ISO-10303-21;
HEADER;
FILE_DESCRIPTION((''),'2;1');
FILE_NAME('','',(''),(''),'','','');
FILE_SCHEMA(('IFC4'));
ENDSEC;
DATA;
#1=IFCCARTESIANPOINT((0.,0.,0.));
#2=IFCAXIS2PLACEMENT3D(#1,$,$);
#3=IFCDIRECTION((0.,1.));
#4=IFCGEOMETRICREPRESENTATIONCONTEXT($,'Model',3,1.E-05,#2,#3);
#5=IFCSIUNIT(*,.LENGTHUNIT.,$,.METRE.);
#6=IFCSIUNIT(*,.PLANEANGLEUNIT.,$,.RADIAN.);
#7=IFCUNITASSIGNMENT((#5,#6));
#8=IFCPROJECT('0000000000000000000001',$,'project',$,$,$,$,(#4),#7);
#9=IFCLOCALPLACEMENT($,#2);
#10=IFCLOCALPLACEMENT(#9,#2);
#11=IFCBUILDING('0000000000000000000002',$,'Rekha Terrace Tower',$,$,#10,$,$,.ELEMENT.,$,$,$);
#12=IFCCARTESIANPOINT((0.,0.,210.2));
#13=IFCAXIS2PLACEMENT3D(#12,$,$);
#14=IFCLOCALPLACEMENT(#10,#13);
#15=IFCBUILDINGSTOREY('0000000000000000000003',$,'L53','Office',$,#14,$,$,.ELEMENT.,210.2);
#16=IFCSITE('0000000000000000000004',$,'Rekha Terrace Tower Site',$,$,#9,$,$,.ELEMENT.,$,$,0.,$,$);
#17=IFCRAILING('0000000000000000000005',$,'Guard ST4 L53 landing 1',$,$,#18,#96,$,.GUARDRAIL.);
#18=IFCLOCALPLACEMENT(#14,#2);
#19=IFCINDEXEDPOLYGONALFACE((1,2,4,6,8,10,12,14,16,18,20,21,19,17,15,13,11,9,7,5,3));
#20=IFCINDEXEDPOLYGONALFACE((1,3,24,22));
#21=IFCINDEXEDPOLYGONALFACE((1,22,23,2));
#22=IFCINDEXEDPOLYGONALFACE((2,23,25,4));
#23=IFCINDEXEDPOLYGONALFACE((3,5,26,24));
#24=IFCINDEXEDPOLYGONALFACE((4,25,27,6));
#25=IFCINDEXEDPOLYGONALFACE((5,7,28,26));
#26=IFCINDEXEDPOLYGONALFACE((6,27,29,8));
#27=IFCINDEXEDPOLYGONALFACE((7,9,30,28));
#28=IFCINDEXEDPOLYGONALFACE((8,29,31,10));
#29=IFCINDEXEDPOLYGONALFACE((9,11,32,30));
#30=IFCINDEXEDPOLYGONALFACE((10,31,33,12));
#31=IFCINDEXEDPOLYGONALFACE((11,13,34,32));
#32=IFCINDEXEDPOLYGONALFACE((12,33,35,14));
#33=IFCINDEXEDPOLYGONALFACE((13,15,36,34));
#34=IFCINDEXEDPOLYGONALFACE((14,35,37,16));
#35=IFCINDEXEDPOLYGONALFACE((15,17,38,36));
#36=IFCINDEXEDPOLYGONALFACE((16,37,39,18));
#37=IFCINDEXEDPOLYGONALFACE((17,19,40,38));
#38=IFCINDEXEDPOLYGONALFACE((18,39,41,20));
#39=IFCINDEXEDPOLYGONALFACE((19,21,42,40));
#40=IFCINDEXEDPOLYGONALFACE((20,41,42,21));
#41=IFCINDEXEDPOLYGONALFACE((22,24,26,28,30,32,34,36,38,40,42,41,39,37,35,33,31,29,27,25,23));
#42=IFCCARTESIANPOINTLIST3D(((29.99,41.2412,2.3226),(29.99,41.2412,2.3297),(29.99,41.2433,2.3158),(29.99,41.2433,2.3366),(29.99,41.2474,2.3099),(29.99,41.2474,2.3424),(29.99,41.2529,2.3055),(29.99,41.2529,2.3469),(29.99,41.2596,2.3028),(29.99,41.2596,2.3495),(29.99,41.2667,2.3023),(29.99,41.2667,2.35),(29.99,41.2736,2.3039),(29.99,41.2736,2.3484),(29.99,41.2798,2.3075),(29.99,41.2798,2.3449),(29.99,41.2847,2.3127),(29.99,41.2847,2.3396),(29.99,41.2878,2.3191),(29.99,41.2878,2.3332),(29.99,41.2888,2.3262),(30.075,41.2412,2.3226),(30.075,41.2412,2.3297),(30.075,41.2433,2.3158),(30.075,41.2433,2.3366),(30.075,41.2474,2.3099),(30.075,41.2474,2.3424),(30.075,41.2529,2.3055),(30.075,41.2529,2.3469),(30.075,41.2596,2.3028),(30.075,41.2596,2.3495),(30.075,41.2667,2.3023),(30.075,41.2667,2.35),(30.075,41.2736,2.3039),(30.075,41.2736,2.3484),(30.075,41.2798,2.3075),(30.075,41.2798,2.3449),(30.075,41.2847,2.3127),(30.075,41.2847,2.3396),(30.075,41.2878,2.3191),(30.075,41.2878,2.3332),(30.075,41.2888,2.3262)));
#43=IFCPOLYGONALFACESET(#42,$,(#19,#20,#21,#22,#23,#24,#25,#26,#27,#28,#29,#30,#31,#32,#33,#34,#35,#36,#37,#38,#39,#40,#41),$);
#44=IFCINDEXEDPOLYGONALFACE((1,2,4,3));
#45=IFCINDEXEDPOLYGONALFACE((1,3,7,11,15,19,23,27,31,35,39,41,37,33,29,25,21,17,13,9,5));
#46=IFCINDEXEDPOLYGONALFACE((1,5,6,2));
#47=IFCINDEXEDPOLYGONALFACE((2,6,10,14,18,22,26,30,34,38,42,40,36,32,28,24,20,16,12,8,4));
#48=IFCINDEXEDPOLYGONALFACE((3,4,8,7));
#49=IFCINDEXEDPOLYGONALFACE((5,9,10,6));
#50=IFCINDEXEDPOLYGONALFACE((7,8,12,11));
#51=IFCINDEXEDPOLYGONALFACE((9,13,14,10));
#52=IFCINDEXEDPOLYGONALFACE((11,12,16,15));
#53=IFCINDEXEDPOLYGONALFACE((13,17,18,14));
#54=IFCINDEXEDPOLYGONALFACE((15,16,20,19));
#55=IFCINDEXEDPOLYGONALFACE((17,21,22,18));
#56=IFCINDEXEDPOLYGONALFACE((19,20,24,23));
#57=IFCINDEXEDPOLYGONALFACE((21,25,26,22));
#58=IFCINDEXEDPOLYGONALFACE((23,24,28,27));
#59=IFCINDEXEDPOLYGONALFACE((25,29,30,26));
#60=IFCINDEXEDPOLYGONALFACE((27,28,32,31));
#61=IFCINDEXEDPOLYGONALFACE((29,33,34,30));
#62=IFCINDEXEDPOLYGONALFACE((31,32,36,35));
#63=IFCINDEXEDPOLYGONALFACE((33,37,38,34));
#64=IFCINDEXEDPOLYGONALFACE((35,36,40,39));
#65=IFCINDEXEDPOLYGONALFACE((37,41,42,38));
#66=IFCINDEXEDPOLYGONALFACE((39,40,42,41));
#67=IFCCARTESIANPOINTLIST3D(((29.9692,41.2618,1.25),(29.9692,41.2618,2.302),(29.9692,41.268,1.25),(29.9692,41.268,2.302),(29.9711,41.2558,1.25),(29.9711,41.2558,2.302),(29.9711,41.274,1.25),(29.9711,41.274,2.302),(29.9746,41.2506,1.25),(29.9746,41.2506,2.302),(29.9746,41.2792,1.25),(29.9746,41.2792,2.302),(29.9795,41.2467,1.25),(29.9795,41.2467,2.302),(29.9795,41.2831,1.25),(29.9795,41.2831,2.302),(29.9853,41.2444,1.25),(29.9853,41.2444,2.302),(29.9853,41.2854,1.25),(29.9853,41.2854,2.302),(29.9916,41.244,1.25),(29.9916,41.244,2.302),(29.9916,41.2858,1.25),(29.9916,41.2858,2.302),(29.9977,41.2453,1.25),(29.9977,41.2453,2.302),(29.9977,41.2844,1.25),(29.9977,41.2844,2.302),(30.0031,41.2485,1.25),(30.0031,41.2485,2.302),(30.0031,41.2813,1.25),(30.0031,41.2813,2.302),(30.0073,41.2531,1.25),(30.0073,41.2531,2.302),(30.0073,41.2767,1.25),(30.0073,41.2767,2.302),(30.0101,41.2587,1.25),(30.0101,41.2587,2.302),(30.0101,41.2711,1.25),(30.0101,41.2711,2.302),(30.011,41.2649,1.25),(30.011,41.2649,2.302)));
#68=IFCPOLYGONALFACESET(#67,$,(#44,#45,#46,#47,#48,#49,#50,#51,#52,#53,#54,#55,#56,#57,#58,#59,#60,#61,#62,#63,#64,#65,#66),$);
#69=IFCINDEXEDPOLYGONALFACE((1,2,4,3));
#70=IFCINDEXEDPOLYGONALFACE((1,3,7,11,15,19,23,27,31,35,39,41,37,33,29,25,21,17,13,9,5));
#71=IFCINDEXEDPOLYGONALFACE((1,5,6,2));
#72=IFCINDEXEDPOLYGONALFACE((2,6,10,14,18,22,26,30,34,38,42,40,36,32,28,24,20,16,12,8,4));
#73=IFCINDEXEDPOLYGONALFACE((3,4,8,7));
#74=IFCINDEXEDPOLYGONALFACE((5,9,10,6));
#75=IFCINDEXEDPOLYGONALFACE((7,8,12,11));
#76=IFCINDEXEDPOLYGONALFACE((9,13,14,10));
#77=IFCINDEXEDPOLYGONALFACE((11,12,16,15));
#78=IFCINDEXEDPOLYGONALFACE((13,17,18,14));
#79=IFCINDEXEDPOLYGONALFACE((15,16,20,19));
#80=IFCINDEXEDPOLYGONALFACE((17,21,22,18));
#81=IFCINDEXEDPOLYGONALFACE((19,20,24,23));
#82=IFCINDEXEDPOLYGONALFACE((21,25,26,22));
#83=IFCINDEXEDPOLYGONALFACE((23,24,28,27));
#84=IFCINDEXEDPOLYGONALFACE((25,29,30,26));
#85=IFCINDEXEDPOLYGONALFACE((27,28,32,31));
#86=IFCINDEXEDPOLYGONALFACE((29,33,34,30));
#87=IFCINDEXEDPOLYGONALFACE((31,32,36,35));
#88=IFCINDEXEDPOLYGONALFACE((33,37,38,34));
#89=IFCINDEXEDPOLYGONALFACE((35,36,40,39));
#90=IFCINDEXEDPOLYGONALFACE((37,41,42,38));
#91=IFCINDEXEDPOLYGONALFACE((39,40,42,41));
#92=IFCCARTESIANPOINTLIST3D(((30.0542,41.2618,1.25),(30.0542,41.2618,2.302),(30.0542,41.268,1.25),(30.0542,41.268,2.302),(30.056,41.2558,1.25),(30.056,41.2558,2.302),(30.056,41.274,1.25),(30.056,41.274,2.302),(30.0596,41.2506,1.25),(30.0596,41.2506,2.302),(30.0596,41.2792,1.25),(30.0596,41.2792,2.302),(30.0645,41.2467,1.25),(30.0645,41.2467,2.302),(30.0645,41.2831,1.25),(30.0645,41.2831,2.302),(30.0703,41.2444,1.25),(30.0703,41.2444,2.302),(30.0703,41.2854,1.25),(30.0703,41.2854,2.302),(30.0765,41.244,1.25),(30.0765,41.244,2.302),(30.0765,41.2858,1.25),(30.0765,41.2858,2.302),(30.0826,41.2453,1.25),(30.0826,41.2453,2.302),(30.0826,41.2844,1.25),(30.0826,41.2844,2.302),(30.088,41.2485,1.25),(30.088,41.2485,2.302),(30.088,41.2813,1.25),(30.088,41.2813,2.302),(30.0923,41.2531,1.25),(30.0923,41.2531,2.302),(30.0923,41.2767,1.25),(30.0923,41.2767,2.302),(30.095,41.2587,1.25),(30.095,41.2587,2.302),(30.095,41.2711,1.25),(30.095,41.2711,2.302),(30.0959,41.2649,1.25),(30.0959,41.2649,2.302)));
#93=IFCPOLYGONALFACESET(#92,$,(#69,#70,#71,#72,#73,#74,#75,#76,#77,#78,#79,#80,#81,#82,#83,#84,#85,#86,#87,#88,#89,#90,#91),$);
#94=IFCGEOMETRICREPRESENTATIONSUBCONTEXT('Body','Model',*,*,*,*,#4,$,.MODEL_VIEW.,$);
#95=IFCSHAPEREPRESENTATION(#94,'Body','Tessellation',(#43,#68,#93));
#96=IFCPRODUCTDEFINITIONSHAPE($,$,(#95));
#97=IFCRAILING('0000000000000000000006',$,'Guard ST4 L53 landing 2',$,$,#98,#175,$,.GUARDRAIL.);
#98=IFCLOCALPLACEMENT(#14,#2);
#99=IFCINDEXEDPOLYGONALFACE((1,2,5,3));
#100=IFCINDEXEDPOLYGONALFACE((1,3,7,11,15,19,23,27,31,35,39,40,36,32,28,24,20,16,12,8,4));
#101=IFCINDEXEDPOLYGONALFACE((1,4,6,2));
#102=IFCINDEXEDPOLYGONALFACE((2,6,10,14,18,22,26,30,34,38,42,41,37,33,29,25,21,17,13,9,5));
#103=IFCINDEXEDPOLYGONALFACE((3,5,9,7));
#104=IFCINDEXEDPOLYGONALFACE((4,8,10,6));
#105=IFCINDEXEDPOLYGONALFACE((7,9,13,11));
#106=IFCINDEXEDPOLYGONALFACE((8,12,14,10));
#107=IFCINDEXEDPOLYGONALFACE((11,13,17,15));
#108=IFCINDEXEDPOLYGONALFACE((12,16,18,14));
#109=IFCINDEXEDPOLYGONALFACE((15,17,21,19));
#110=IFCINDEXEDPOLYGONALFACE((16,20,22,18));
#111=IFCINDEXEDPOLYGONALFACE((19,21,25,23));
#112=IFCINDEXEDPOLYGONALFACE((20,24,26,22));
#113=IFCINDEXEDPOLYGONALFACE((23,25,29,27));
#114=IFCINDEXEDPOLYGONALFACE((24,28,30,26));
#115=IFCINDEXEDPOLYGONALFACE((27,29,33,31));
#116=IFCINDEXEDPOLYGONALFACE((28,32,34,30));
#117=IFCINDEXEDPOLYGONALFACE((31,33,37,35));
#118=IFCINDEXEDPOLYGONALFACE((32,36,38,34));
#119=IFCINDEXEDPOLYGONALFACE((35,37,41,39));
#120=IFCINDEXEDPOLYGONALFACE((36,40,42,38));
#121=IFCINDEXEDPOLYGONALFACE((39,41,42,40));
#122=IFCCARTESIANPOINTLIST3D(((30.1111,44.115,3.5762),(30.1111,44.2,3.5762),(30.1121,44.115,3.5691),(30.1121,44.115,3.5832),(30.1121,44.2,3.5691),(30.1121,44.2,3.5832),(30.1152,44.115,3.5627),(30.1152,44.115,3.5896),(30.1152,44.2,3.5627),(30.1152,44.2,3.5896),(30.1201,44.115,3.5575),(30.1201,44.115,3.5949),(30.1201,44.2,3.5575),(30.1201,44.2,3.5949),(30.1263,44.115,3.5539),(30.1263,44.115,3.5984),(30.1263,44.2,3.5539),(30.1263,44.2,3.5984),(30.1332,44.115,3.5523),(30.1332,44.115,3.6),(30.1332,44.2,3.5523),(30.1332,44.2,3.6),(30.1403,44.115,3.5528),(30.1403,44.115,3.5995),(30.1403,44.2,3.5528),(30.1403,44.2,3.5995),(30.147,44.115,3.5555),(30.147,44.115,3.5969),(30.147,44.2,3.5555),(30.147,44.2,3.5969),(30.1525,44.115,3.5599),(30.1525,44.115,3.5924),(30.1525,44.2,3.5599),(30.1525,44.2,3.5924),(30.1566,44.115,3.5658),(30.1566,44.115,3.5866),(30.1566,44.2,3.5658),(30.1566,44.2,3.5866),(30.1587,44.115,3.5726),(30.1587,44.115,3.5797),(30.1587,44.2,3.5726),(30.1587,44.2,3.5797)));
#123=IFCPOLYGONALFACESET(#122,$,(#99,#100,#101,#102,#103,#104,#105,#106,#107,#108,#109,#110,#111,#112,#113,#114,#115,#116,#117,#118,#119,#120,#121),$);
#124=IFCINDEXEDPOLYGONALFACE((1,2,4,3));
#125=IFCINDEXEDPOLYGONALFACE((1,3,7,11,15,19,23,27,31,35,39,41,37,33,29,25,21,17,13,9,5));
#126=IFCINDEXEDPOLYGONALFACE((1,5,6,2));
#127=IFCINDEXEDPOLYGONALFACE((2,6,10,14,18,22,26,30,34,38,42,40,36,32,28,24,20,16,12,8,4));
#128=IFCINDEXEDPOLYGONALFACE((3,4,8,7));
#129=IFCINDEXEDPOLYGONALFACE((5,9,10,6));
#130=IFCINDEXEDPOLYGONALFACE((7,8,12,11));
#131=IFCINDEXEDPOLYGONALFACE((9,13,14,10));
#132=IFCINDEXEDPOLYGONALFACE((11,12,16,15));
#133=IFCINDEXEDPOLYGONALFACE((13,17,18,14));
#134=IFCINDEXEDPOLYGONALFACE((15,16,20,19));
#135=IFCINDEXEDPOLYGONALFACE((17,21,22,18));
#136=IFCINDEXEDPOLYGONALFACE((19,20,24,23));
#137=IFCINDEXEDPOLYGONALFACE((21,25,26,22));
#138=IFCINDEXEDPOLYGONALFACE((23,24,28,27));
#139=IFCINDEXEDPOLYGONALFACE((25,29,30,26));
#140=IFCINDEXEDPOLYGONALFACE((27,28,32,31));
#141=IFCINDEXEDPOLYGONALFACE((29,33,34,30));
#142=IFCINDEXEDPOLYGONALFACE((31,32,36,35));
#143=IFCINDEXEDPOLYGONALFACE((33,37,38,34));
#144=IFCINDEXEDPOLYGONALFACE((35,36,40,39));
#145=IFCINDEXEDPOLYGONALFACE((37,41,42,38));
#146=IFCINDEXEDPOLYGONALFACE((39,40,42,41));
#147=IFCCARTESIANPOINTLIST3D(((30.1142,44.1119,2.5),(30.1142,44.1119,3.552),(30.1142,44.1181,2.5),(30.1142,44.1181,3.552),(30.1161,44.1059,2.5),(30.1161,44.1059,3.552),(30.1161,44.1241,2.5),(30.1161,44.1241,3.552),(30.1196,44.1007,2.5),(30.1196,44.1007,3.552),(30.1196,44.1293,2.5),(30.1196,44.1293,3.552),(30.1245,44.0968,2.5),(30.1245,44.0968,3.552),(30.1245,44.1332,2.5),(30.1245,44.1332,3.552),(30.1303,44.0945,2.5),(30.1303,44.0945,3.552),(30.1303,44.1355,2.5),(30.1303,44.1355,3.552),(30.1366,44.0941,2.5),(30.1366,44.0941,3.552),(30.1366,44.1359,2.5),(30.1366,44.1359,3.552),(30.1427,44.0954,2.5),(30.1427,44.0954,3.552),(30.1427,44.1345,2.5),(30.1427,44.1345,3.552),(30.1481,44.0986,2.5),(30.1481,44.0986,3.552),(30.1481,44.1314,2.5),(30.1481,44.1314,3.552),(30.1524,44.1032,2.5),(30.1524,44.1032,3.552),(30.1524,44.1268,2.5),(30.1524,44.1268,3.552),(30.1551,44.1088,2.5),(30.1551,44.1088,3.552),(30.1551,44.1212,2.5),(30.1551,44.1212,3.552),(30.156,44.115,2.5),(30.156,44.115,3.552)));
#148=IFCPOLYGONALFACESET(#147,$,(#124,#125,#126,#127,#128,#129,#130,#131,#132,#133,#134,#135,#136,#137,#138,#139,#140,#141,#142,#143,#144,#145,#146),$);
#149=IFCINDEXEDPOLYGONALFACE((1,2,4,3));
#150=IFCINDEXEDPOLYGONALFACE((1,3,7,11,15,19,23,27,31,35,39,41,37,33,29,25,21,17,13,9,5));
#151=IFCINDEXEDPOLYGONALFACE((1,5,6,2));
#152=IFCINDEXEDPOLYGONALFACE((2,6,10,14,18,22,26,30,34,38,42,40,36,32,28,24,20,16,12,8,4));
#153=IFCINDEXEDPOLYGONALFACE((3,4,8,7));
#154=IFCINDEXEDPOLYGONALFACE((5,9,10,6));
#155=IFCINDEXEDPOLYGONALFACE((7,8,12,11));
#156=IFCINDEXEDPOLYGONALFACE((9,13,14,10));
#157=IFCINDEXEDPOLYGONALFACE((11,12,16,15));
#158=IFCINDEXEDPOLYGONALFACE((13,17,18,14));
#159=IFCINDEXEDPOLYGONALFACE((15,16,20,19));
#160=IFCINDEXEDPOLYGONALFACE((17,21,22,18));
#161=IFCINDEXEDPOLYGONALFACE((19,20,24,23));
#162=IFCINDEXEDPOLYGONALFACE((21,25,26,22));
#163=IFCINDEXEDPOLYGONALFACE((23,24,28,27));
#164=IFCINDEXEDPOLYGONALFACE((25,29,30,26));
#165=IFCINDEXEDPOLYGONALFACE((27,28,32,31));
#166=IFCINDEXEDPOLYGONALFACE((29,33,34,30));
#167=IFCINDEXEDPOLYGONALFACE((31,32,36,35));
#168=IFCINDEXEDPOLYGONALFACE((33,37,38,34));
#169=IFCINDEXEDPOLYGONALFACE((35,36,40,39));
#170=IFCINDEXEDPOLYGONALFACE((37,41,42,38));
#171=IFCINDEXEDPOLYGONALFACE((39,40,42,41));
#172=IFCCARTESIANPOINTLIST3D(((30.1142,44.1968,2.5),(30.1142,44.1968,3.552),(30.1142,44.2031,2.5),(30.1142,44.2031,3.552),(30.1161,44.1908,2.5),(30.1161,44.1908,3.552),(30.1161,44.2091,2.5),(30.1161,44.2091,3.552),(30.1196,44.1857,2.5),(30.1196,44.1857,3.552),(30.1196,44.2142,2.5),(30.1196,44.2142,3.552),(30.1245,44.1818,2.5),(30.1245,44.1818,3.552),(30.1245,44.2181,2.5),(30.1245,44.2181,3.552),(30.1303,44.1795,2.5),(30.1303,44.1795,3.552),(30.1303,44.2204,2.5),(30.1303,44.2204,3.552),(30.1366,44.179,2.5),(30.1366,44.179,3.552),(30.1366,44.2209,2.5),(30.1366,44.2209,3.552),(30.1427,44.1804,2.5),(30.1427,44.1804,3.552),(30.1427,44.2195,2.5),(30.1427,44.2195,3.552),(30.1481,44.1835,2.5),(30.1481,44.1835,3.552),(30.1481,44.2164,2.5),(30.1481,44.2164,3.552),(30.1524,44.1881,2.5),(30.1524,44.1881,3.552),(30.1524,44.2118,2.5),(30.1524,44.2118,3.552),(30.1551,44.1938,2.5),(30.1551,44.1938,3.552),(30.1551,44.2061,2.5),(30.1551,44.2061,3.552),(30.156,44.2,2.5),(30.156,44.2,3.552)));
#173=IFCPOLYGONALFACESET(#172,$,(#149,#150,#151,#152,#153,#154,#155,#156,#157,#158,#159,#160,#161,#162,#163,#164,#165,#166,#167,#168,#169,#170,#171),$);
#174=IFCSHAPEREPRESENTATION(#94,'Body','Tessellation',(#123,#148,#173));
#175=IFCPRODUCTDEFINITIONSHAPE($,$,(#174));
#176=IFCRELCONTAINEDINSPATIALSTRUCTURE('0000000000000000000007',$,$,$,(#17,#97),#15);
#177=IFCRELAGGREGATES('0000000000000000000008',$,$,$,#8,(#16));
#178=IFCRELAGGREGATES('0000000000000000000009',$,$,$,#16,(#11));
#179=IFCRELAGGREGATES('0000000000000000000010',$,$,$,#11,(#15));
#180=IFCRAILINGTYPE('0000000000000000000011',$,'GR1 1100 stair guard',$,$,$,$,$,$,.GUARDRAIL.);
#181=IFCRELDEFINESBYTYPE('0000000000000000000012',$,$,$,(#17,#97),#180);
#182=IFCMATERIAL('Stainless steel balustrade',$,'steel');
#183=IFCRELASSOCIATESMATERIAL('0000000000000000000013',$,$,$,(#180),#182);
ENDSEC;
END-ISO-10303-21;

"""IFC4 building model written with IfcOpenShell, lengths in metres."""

from ifc_helpers import new_model, si_unit, direction, frame, origin, origin_2d, place, context, subcontext, project, spatial, circle, extrude, material, type_object, element, save


model = new_model("IFC4")

# Units and contexts
model_context = context("Model", 3, precision=1e-05, world=origin(), true_north=direction((0.0, 1.0)))
body_context = subcontext(model_context, "Body", "Model", "MODEL_VIEW")
ifc_project = project(units=[si_unit("LENGTHUNIT", "METRE"), si_unit("PLANEANGLEUNIT", "RADIAN")], contexts=[model_context])

# Site, building, storey
site_placement = place(None, origin())
site = spatial("IfcSite", under=ifc_project, at=site_placement, Name="Rekha Terrace Tower Site", CompositionType="ELEMENT", RefElevation=0.0)
building_placement = place(site_placement, origin())
building = spatial("IfcBuilding", under=site, at=building_placement, Name="Rekha Terrace Tower", CompositionType="ELEMENT")
storey_placement = place(building_placement, frame((0.0, 0.0, 210.2)))
storey = spatial("IfcBuildingStorey", under=building, at=storey_placement, Name="L53", Description="Office", CompositionType="ELEMENT", Elevation=210.2)

# Railings
ifc_material_1 = material(Name="Stainless steel balustrade", Category="steel")
railing_type_1 = type_object("IfcRailingType", Name="GR1 1100 stair guard", PredefinedType="GUARDRAIL", material=ifc_material_1)
railing_1_placement = place(storey_placement, frame((29.99, 41.2649, 1.25)))
element("IfcRailing", 1, at=railing_1_placement, inside=storey, type_object=railing_type_1, Name="Guard ST4 L53 landing 1", PredefinedType="GUARDRAIL", context=body_context, shape_type="SweptSolid", body=[
    extrude(circle(Radius=0.0239, at=origin_2d()), frame((0.0, 0.0, 1.0762), z_axis=(1.0, 0.0, 0.0), x_axis=(0.0, 1.0, 0.0)), (0.0, 0.0, 1.0), 0.085),
    extrude(circle(Radius=0.021, at=origin_2d()), origin(), (0.0, 0.0, 1.0), 1.052),
    extrude(circle(Radius=0.021, at=origin_2d()), frame((0.085, 0.0, 0.0)), (0.0, 0.0, 1.0), 1.052),
])
railing_2_placement = place(storey_placement, frame((30.135, 44.115, 2.5)))
element("IfcRailing", 2, at=railing_2_placement, inside=storey, type_object=railing_type_1, Name="Guard ST4 L53 landing 2", PredefinedType="GUARDRAIL", context=body_context, shape_type="SweptSolid", body=[
    extrude(circle(Radius=0.0239, at=origin_2d()), frame((0.0, 0.0, 1.0762), z_axis=(0.0, 1.0, 0.0), x_axis=(-1.0, 0.0, 0.0)), (0.0, 0.0, 1.0), 0.085),
    extrude(circle(Radius=0.021, at=origin_2d()), origin(), (0.0, 0.0, 1.0), 1.052),
    extrude(circle(Radius=0.021, at=origin_2d()), frame((0.0, 0.085, 0.0)), (0.0, 0.0, 1.0), 1.052),
])

save(model, "model.ifc")
